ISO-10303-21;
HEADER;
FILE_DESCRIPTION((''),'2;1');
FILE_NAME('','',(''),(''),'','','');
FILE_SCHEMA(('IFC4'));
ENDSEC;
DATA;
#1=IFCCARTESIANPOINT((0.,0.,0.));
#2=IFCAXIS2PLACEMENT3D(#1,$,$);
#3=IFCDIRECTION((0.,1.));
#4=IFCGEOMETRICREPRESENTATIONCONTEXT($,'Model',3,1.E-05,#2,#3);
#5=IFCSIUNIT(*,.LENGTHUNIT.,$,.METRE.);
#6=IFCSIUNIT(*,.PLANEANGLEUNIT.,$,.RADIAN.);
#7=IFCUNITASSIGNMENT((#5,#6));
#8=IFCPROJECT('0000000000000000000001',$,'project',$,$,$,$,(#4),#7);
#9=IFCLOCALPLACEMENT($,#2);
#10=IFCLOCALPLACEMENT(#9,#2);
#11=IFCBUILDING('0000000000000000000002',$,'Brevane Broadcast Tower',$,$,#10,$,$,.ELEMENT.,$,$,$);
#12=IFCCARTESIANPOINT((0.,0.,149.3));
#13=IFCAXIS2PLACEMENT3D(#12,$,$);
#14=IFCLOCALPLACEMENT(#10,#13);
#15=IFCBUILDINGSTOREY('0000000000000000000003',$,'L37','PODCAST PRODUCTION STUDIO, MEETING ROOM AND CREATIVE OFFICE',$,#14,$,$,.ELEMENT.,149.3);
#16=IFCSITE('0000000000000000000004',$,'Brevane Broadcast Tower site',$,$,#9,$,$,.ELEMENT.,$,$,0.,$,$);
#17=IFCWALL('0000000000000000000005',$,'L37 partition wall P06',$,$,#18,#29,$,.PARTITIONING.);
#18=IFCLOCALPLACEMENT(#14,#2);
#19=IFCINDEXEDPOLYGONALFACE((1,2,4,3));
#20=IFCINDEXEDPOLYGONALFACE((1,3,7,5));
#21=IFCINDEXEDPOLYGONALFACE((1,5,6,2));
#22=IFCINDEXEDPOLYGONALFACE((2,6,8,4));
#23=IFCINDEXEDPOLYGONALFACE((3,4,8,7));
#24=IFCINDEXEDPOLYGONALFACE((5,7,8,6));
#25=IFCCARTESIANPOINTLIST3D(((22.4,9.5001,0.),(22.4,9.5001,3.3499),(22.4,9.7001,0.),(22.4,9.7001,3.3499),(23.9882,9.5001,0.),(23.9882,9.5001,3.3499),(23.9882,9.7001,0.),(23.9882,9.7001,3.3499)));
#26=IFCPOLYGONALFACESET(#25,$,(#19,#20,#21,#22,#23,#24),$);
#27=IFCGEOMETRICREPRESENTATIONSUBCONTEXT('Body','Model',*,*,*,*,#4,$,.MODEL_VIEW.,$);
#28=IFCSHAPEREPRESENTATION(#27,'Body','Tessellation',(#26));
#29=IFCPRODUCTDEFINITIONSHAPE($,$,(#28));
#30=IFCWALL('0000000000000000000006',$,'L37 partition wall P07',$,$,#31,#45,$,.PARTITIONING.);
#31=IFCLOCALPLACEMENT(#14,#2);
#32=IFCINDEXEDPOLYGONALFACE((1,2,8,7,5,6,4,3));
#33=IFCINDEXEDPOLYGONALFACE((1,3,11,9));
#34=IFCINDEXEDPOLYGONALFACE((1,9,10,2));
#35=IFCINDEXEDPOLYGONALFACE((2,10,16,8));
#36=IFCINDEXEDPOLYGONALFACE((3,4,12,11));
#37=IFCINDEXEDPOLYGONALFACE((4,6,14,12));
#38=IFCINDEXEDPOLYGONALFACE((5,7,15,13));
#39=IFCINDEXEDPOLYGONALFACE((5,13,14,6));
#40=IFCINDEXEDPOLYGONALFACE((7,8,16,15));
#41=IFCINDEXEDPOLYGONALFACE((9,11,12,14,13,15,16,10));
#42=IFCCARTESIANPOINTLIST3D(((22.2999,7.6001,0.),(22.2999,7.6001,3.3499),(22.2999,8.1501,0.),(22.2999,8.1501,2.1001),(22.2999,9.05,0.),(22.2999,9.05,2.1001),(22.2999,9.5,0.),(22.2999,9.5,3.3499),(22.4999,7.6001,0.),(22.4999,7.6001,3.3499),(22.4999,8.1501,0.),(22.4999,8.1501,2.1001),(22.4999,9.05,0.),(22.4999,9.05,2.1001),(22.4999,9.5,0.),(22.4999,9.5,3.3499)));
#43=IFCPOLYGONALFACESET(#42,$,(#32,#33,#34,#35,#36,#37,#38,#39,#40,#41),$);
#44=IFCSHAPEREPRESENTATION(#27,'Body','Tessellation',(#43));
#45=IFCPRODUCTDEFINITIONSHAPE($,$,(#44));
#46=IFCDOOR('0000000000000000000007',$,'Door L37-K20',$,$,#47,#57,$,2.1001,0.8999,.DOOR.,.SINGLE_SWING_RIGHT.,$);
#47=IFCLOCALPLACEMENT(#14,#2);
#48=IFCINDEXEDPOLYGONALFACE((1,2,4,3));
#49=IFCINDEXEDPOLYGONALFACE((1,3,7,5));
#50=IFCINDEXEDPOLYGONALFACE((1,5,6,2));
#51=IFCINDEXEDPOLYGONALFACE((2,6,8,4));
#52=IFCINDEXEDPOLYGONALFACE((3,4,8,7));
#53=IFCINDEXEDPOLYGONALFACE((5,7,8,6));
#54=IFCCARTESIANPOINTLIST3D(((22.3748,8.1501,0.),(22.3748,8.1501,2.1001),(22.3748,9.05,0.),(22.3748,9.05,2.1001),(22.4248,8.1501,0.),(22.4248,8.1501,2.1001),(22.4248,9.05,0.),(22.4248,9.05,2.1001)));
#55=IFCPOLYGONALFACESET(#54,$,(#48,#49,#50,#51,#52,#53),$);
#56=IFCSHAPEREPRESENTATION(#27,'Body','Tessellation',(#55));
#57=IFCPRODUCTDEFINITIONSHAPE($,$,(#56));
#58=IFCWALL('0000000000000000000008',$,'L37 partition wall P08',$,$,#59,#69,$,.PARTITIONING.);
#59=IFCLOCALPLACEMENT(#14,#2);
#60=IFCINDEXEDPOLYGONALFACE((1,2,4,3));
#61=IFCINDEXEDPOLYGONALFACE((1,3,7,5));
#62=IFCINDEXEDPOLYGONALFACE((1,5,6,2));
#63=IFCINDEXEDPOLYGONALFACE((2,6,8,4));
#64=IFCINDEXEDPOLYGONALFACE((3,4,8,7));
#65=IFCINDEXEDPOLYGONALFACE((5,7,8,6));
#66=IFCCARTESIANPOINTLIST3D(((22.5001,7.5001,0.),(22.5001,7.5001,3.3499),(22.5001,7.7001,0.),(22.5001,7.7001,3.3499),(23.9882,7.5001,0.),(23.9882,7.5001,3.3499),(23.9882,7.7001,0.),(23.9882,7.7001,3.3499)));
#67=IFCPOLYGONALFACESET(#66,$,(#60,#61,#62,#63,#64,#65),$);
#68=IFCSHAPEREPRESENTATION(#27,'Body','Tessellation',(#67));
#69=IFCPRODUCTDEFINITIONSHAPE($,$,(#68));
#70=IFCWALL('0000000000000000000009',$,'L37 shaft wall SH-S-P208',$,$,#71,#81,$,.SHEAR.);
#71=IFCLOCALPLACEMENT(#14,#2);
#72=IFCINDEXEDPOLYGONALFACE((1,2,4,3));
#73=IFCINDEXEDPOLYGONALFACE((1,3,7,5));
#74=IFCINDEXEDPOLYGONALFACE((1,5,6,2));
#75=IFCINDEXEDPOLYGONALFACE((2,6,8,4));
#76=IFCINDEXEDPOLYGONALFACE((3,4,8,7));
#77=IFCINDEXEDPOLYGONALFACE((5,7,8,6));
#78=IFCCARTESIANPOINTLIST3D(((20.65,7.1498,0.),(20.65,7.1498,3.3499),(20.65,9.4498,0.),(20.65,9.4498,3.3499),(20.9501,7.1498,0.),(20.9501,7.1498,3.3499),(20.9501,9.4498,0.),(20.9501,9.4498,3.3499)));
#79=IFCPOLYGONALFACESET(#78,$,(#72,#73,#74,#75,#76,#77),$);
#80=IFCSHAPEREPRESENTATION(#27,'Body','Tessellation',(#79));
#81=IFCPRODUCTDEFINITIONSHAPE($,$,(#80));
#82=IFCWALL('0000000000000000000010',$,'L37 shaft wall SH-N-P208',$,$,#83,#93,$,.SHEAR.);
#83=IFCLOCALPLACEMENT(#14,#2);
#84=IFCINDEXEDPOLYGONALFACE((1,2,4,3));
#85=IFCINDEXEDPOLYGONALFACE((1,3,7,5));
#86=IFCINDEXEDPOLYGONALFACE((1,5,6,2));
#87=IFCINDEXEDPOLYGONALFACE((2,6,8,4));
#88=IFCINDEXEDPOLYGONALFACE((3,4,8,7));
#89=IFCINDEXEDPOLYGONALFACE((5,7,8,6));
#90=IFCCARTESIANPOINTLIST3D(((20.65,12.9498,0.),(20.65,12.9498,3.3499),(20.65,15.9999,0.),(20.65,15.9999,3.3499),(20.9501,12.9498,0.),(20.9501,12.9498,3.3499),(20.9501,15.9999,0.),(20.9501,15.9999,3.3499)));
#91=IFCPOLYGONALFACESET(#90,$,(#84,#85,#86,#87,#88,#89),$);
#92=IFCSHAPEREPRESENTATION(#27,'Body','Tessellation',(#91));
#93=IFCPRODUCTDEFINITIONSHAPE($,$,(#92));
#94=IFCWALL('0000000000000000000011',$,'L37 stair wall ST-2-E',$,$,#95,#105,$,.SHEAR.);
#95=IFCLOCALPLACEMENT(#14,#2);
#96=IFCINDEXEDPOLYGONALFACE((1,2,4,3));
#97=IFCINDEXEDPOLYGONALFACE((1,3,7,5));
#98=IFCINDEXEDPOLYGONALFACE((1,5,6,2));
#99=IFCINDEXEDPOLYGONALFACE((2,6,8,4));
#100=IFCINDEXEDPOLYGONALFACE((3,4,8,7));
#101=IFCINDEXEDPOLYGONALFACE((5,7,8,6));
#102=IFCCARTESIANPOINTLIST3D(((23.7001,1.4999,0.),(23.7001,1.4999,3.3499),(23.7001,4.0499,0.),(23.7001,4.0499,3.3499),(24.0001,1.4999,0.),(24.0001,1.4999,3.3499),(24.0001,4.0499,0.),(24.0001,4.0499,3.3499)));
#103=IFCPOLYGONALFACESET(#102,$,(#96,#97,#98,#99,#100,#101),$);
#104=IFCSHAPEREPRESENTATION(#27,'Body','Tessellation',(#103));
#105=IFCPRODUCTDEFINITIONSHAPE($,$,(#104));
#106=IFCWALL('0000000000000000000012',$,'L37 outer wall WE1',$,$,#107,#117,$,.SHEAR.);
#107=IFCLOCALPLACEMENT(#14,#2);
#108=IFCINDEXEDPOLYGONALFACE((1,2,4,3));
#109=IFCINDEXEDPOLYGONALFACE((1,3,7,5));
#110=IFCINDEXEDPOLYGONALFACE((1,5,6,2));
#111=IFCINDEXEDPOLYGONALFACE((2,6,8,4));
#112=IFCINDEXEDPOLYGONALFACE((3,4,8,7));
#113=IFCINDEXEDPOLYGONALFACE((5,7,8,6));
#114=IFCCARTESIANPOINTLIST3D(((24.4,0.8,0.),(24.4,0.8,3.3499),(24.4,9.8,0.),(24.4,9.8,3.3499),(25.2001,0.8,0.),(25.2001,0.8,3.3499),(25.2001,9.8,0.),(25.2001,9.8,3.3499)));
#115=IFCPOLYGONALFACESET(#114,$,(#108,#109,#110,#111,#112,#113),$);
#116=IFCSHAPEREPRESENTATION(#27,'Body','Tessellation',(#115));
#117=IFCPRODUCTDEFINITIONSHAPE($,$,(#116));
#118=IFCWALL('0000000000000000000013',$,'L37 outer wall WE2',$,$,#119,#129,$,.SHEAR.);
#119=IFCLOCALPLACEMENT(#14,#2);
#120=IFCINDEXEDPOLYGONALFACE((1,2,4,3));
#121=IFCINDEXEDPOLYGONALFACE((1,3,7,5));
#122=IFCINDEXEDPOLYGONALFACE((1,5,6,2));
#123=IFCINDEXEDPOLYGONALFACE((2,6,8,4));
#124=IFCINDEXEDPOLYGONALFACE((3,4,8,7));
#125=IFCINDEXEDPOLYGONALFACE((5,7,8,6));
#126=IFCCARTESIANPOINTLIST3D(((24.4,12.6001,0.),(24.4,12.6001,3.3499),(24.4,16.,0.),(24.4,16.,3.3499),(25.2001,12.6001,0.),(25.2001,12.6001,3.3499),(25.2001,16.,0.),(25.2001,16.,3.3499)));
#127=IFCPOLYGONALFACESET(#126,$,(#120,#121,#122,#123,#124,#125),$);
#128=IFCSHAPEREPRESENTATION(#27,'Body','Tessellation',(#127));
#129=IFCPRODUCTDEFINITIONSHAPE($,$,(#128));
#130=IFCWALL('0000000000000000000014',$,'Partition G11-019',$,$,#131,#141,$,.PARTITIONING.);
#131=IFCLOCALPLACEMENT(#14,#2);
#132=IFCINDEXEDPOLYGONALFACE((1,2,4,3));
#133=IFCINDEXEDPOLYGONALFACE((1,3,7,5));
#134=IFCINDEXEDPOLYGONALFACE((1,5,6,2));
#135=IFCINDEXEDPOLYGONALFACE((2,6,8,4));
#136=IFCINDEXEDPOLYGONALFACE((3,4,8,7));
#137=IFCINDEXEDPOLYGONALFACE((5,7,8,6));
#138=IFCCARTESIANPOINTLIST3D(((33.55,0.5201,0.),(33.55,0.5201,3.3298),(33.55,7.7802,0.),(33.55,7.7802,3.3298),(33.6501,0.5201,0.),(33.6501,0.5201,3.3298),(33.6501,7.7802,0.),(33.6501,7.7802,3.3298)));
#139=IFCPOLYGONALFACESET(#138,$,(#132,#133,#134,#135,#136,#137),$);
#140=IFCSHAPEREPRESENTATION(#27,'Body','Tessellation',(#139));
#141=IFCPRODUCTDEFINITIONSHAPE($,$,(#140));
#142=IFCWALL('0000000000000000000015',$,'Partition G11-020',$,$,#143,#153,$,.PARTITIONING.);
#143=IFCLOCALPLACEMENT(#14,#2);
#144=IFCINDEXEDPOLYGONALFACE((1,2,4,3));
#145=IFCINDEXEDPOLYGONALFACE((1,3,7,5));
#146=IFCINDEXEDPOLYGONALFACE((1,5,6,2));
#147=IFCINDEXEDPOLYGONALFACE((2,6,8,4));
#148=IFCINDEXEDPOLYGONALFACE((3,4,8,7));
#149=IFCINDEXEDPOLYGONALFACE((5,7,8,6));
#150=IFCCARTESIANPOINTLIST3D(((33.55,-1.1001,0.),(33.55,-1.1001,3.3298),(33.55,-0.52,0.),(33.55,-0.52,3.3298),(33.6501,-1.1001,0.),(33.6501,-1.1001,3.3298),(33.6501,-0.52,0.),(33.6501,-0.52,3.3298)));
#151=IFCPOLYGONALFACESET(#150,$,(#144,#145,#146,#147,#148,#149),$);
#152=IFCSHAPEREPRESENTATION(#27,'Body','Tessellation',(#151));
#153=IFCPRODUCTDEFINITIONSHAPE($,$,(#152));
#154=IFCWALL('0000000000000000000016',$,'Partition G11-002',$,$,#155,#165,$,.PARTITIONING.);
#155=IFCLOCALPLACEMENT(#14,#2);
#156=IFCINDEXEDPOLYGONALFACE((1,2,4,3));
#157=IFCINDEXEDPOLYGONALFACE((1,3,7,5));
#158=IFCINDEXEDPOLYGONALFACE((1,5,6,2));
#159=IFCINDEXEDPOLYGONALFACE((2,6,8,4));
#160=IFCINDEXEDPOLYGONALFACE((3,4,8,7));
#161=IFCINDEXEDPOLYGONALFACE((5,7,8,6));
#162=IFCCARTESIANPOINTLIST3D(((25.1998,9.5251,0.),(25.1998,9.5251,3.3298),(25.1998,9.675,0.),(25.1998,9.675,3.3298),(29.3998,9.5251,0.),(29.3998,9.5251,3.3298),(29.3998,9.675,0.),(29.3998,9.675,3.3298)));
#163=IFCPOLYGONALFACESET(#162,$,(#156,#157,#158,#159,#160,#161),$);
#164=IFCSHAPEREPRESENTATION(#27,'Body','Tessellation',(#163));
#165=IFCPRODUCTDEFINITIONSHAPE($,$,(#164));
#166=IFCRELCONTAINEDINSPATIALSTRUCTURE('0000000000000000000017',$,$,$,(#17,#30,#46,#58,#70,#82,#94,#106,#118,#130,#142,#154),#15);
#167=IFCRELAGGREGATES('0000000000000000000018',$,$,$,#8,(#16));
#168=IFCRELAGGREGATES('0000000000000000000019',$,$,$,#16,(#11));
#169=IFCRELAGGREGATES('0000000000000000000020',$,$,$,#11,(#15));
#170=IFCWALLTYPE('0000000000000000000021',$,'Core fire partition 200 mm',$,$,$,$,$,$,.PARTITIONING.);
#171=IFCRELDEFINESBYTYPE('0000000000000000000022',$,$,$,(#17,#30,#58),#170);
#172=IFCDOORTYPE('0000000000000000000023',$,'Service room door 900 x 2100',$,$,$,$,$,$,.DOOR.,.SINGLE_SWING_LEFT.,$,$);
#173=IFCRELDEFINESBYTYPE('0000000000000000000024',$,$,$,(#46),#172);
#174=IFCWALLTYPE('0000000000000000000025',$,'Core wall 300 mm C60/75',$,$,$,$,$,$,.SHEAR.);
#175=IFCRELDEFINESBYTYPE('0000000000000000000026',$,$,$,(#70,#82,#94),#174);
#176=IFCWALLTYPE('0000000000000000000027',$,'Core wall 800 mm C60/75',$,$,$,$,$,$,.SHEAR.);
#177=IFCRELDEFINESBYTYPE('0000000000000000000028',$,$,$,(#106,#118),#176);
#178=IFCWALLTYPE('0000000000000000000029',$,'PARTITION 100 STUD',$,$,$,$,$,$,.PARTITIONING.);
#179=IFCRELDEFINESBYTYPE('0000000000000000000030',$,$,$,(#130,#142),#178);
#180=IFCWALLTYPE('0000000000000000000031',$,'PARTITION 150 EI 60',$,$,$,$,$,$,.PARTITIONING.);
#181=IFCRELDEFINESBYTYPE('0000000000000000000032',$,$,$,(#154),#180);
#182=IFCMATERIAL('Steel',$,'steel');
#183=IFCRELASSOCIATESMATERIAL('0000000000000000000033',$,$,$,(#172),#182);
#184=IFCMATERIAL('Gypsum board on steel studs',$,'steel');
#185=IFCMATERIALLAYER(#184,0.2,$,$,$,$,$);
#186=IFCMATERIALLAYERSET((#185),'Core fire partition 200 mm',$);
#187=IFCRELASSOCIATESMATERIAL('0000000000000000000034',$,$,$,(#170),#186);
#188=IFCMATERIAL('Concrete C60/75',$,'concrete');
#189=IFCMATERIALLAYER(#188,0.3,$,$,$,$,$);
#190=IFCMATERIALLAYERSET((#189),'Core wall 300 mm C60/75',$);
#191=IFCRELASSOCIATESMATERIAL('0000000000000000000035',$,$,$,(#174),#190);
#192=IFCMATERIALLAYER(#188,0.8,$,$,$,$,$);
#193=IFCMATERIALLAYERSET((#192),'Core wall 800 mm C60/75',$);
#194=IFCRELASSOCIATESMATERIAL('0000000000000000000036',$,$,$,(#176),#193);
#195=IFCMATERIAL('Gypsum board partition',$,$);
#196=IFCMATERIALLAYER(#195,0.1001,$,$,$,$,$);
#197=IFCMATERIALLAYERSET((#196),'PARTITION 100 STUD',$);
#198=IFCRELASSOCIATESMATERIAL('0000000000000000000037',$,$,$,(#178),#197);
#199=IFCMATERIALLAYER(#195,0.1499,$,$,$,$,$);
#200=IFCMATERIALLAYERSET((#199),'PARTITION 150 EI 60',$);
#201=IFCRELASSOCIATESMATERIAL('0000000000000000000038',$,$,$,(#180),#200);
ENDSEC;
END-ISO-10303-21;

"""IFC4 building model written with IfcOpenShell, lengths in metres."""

from ifc_helpers import new_model, si_unit, direction, frame, frame_2d, origin, place, context, subcontext, project, spatial, rectangle, extrude, material, layer, layer_set, type_object, element, fill, save


model = new_model("IFC4")

# Units and contexts
model_context = context("Model", 3, precision=1e-05, world=origin(), true_north=direction((0.0, 1.0)))
body_context = subcontext(model_context, "Body", "Model", "MODEL_VIEW")
ifc_project = project(units=[si_unit("LENGTHUNIT", "METRE"), si_unit("PLANEANGLEUNIT", "RADIAN")], contexts=[model_context])

# Site, building, storey
site_placement = place(None, origin())
site = spatial("IfcSite", under=ifc_project, at=site_placement, Name="Brevane Broadcast Tower site", CompositionType="ELEMENT", RefElevation=0.0)
building_placement = place(site_placement, origin())
building = spatial("IfcBuilding", under=site, at=building_placement, Name="Brevane Broadcast Tower", CompositionType="ELEMENT")
storey_placement = place(building_placement, frame((0.0, 0.0, 149.3)))
storey = spatial("IfcBuildingStorey", under=building, at=storey_placement, Name="L37", Description="PODCAST PRODUCTION STUDIO, MEETING ROOM AND CREATIVE OFFICE", CompositionType="ELEMENT", Elevation=149.3)

# Shared definitions
ifc_material_1 = material(Name="Concrete C60/75", Category="concrete")

# Shared definitions
ifc_material_2 = material(Name="Gypsum board on steel studs", Category="steel")
ifc_material_3 = material(Name="Steel", Category="steel")
door_type_1 = type_object("IfcDoorType", Name="Service room door 900 x 2100", OperationType="SINGLE_SWING_LEFT", PredefinedType="DOOR", material=ifc_material_3)

# Wall
ifc_layer_1 = layer(ifc_material_2, 0.2)
ifc_layer_set_1 = layer_set([ifc_layer_1], Name="Core fire partition 200 mm")
wall_type_1 = type_object("IfcWallType", Name="Core fire partition 200 mm", PredefinedType="PARTITIONING", material=ifc_layer_set_1)
wall_1_placement = place(storey_placement, frame((23.988, 9.6001, 0.0), z_axis=(0.0, 0.0, 1.0), x_axis=(-1.0, 0.0, 0.0)))
element("IfcWall", 1, at=wall_1_placement, inside=storey, type_object=wall_type_1, Name="L37 partition wall P06", PredefinedType="PARTITIONING", context=body_context, shape_type="SweptSolid", body=[
    extrude(rectangle(XDim=1.5881, YDim=0.2, at=frame_2d((0.7939, 0.0))), origin(), (0.0, 0.0, 1.0), 3.3499),
])

# Wall, opening, door
wall_2_placement = place(storey_placement, frame((22.3999, 9.5, 0.0), z_axis=(0.0, 0.0, 1.0), x_axis=(0.0, -1.0, 0.0)))
wall_2 = element("IfcWall", 2, at=wall_2_placement, inside=storey, type_object=wall_type_1, Name="L37 partition wall P07", PredefinedType="PARTITIONING", context=body_context, shape_type="SweptSolid", body=[
    extrude(rectangle(XDim=1.8999, YDim=0.2, at=frame_2d((0.95, 0.0))), origin(), (0.0, 0.0, 1.0), 3.3499),
])
opening_1_placement = place(wall_2_placement, frame((0.45, 0.0, 0.0)))
opening_1 = element("IfcOpeningElement", 3, at=opening_1_placement, cuts=wall_2, PredefinedType="OPENING", context=body_context, shape_type="SweptSolid", body=[
    extrude(rectangle(XDim=0.8999, YDim=2.1001, at=frame_2d((0.45, 1.05))), frame((0.0, 0.1099, 0.0), z_axis=(0.0, -1.0, 0.0), x_axis=(1.0, 0.0, 0.0)), (0.0, 0.0, 1.0), 0.22),
])
door_1_placement = place(opening_1_placement, origin())
door_1 = element("IfcDoor", 4, at=door_1_placement, inside=storey, type_object=door_type_1, Name="Door L37-K20", OperationType="SINGLE_SWING_RIGHT", OverallHeight=2.1001, OverallWidth=0.8999, PredefinedType="DOOR", context=body_context, shape_type="SweptSolid", body=[
    extrude(rectangle(XDim=0.8999, YDim=2.1001, at=frame_2d((0.45, 1.05))), frame((0.0, 0.0249, 0.0), z_axis=(0.0, -1.0, 0.0), x_axis=(1.0, 0.0, 0.0)), (0.0, 0.0, 1.0), 0.05),
])
fill(opening_1, door_1)

# Walls
wall_3_placement = place(storey_placement, frame((22.5, 7.6001, 0.0), z_axis=(0.0, 0.0, 1.0), x_axis=(1.0, 0.0, 0.0)))
element("IfcWall", 5, at=wall_3_placement, inside=storey, type_object=wall_type_1, Name="L37 partition wall P08", PredefinedType="PARTITIONING", context=body_context, shape_type="SweptSolid", body=[
    extrude(rectangle(XDim=1.488, YDim=0.2, at=frame_2d((0.7441, 0.0))), origin(), (0.0, 0.0, 1.0), 3.3499),
])
ifc_layer_2 = layer(ifc_material_1, 0.3)
ifc_layer_set_2 = layer_set([ifc_layer_2], Name="Core wall 300 mm C60/75")
wall_type_2 = type_object("IfcWallType", Name="Core wall 300 mm C60/75", PredefinedType="SHEAR", material=ifc_layer_set_2)
wall_4_placement = place(storey_placement, frame((20.8, 7.1499, 0.0), z_axis=(0.0, 0.0, 1.0), x_axis=(0.0, 1.0, 0.0)))
element("IfcWall", 6, at=wall_4_placement, inside=storey, type_object=wall_type_2, Name="L37 shaft wall SH-S-P208", PredefinedType="SHEAR", context=body_context, shape_type="SweptSolid", body=[
    extrude(rectangle(XDim=2.3, YDim=0.3, at=frame_2d((1.1499, 0.0))), origin(), (0.0, 0.0, 1.0), 3.3499),
])
wall_5_placement = place(storey_placement, frame((20.8, 12.95, 0.0), z_axis=(0.0, 0.0, 1.0), x_axis=(0.0, 1.0, 0.0)))
element("IfcWall", 7, at=wall_5_placement, inside=storey, type_object=wall_type_2, Name="L37 shaft wall SH-N-P208", PredefinedType="SHEAR", context=body_context, shape_type="SweptSolid", body=[
    extrude(rectangle(XDim=3.05, YDim=0.3, at=frame_2d((1.5249, 0.0))), origin(), (0.0, 0.0, 1.0), 3.3499),
])
wall_6_placement = place(storey_placement, frame((23.8501, 1.5, 0.0), z_axis=(0.0, 0.0, 1.0), x_axis=(0.0, 1.0, 0.0)))
element("IfcWall", 8, at=wall_6_placement, inside=storey, type_object=wall_type_2, Name="L37 stair wall ST-2-E", PredefinedType="SHEAR", context=body_context, shape_type="SweptSolid", body=[
    extrude(rectangle(XDim=2.55, YDim=0.3, at=frame_2d((1.2749, 0.0))), origin(), (0.0, 0.0, 1.0), 3.3499),
])
ifc_layer_3 = layer(ifc_material_1, 0.8)
ifc_layer_set_3 = layer_set([ifc_layer_3], Name="Core wall 800 mm C60/75")
wall_type_3 = type_object("IfcWallType", Name="Core wall 800 mm C60/75", PredefinedType="SHEAR", material=ifc_layer_set_3)
wall_7_placement = place(storey_placement, frame((24.8, 0.8, 0.0), z_axis=(0.0, 0.0, 1.0), x_axis=(0.0, 1.0, 0.0)))
element("IfcWall", 9, at=wall_7_placement, inside=storey, type_object=wall_type_3, Name="L37 outer wall WE1", PredefinedType="SHEAR", context=body_context, shape_type="SweptSolid", body=[
    extrude(rectangle(XDim=9.0, YDim=0.8, at=frame_2d((4.5, 0.0))), origin(), (0.0, 0.0, 1.0), 3.3499),
])
wall_8_placement = place(storey_placement, frame((24.8, 12.6001, 0.0), z_axis=(0.0, 0.0, 1.0), x_axis=(0.0, 1.0, 0.0)))
element("IfcWall", 10, at=wall_8_placement, inside=storey, type_object=wall_type_3, Name="L37 outer wall WE2", PredefinedType="SHEAR", context=body_context, shape_type="SweptSolid", body=[
    extrude(rectangle(XDim=3.3999, YDim=0.8, at=frame_2d((1.7, 0.0))), origin(), (0.0, 0.0, 1.0), 3.3499),
])
ifc_material_4 = material(Name="Gypsum board partition")
ifc_layer_4 = layer(ifc_material_4, 0.1001)
ifc_layer_set_4 = layer_set([ifc_layer_4], Name="PARTITION 100 STUD")
wall_type_4 = type_object("IfcWallType", Name="PARTITION 100 STUD", PredefinedType="PARTITIONING", material=ifc_layer_set_4)
wall_9_placement = place(storey_placement, frame((33.6001, 7.78, 0.0), z_axis=(0.0, 0.0, 1.0), x_axis=(0.0, -1.0, 0.0)))
element("IfcWall", 11, at=wall_9_placement, inside=storey, type_object=wall_type_4, Name="Partition G11-019", PredefinedType="PARTITIONING", context=body_context, shape_type="SweptSolid", body=[
    extrude(rectangle(XDim=7.26, YDim=0.1001, at=frame_2d((3.6299, 0.0))), origin(), (0.0, 0.0, 1.0), 3.3298),
])
wall_10_placement = place(storey_placement, frame((33.6001, -0.52, 0.0), z_axis=(0.0, 0.0, 1.0), x_axis=(0.0, -1.0, 0.0)))
element("IfcWall", 12, at=wall_10_placement, inside=storey, type_object=wall_type_4, Name="Partition G11-020", PredefinedType="PARTITIONING", context=body_context, shape_type="SweptSolid", body=[
    extrude(rectangle(XDim=0.5801, YDim=0.1001, at=frame_2d((0.29, 0.0))), origin(), (0.0, 0.0, 1.0), 3.3298),
])
ifc_layer_5 = layer(ifc_material_4, 0.1499)
ifc_layer_set_5 = layer_set([ifc_layer_5], Name="PARTITION 150 EI 60")
wall_type_5 = type_object("IfcWallType", Name="PARTITION 150 EI 60", PredefinedType="PARTITIONING", material=ifc_layer_set_5)
wall_11_placement = place(storey_placement, frame((29.3999, 9.6001, 0.0), z_axis=(0.0, 0.0, 1.0), x_axis=(-1.0, 0.0, 0.0)))
element("IfcWall", 13, at=wall_11_placement, inside=storey, type_object=wall_type_5, Name="Partition G11-002", PredefinedType="PARTITIONING", context=body_context, shape_type="SweptSolid", body=[
    extrude(rectangle(XDim=4.2, YDim=0.1499, at=frame_2d((2.1001, 0.0))), origin(), (0.0, 0.0, 1.0), 3.3298),
])

save(model, "model.ifc")
